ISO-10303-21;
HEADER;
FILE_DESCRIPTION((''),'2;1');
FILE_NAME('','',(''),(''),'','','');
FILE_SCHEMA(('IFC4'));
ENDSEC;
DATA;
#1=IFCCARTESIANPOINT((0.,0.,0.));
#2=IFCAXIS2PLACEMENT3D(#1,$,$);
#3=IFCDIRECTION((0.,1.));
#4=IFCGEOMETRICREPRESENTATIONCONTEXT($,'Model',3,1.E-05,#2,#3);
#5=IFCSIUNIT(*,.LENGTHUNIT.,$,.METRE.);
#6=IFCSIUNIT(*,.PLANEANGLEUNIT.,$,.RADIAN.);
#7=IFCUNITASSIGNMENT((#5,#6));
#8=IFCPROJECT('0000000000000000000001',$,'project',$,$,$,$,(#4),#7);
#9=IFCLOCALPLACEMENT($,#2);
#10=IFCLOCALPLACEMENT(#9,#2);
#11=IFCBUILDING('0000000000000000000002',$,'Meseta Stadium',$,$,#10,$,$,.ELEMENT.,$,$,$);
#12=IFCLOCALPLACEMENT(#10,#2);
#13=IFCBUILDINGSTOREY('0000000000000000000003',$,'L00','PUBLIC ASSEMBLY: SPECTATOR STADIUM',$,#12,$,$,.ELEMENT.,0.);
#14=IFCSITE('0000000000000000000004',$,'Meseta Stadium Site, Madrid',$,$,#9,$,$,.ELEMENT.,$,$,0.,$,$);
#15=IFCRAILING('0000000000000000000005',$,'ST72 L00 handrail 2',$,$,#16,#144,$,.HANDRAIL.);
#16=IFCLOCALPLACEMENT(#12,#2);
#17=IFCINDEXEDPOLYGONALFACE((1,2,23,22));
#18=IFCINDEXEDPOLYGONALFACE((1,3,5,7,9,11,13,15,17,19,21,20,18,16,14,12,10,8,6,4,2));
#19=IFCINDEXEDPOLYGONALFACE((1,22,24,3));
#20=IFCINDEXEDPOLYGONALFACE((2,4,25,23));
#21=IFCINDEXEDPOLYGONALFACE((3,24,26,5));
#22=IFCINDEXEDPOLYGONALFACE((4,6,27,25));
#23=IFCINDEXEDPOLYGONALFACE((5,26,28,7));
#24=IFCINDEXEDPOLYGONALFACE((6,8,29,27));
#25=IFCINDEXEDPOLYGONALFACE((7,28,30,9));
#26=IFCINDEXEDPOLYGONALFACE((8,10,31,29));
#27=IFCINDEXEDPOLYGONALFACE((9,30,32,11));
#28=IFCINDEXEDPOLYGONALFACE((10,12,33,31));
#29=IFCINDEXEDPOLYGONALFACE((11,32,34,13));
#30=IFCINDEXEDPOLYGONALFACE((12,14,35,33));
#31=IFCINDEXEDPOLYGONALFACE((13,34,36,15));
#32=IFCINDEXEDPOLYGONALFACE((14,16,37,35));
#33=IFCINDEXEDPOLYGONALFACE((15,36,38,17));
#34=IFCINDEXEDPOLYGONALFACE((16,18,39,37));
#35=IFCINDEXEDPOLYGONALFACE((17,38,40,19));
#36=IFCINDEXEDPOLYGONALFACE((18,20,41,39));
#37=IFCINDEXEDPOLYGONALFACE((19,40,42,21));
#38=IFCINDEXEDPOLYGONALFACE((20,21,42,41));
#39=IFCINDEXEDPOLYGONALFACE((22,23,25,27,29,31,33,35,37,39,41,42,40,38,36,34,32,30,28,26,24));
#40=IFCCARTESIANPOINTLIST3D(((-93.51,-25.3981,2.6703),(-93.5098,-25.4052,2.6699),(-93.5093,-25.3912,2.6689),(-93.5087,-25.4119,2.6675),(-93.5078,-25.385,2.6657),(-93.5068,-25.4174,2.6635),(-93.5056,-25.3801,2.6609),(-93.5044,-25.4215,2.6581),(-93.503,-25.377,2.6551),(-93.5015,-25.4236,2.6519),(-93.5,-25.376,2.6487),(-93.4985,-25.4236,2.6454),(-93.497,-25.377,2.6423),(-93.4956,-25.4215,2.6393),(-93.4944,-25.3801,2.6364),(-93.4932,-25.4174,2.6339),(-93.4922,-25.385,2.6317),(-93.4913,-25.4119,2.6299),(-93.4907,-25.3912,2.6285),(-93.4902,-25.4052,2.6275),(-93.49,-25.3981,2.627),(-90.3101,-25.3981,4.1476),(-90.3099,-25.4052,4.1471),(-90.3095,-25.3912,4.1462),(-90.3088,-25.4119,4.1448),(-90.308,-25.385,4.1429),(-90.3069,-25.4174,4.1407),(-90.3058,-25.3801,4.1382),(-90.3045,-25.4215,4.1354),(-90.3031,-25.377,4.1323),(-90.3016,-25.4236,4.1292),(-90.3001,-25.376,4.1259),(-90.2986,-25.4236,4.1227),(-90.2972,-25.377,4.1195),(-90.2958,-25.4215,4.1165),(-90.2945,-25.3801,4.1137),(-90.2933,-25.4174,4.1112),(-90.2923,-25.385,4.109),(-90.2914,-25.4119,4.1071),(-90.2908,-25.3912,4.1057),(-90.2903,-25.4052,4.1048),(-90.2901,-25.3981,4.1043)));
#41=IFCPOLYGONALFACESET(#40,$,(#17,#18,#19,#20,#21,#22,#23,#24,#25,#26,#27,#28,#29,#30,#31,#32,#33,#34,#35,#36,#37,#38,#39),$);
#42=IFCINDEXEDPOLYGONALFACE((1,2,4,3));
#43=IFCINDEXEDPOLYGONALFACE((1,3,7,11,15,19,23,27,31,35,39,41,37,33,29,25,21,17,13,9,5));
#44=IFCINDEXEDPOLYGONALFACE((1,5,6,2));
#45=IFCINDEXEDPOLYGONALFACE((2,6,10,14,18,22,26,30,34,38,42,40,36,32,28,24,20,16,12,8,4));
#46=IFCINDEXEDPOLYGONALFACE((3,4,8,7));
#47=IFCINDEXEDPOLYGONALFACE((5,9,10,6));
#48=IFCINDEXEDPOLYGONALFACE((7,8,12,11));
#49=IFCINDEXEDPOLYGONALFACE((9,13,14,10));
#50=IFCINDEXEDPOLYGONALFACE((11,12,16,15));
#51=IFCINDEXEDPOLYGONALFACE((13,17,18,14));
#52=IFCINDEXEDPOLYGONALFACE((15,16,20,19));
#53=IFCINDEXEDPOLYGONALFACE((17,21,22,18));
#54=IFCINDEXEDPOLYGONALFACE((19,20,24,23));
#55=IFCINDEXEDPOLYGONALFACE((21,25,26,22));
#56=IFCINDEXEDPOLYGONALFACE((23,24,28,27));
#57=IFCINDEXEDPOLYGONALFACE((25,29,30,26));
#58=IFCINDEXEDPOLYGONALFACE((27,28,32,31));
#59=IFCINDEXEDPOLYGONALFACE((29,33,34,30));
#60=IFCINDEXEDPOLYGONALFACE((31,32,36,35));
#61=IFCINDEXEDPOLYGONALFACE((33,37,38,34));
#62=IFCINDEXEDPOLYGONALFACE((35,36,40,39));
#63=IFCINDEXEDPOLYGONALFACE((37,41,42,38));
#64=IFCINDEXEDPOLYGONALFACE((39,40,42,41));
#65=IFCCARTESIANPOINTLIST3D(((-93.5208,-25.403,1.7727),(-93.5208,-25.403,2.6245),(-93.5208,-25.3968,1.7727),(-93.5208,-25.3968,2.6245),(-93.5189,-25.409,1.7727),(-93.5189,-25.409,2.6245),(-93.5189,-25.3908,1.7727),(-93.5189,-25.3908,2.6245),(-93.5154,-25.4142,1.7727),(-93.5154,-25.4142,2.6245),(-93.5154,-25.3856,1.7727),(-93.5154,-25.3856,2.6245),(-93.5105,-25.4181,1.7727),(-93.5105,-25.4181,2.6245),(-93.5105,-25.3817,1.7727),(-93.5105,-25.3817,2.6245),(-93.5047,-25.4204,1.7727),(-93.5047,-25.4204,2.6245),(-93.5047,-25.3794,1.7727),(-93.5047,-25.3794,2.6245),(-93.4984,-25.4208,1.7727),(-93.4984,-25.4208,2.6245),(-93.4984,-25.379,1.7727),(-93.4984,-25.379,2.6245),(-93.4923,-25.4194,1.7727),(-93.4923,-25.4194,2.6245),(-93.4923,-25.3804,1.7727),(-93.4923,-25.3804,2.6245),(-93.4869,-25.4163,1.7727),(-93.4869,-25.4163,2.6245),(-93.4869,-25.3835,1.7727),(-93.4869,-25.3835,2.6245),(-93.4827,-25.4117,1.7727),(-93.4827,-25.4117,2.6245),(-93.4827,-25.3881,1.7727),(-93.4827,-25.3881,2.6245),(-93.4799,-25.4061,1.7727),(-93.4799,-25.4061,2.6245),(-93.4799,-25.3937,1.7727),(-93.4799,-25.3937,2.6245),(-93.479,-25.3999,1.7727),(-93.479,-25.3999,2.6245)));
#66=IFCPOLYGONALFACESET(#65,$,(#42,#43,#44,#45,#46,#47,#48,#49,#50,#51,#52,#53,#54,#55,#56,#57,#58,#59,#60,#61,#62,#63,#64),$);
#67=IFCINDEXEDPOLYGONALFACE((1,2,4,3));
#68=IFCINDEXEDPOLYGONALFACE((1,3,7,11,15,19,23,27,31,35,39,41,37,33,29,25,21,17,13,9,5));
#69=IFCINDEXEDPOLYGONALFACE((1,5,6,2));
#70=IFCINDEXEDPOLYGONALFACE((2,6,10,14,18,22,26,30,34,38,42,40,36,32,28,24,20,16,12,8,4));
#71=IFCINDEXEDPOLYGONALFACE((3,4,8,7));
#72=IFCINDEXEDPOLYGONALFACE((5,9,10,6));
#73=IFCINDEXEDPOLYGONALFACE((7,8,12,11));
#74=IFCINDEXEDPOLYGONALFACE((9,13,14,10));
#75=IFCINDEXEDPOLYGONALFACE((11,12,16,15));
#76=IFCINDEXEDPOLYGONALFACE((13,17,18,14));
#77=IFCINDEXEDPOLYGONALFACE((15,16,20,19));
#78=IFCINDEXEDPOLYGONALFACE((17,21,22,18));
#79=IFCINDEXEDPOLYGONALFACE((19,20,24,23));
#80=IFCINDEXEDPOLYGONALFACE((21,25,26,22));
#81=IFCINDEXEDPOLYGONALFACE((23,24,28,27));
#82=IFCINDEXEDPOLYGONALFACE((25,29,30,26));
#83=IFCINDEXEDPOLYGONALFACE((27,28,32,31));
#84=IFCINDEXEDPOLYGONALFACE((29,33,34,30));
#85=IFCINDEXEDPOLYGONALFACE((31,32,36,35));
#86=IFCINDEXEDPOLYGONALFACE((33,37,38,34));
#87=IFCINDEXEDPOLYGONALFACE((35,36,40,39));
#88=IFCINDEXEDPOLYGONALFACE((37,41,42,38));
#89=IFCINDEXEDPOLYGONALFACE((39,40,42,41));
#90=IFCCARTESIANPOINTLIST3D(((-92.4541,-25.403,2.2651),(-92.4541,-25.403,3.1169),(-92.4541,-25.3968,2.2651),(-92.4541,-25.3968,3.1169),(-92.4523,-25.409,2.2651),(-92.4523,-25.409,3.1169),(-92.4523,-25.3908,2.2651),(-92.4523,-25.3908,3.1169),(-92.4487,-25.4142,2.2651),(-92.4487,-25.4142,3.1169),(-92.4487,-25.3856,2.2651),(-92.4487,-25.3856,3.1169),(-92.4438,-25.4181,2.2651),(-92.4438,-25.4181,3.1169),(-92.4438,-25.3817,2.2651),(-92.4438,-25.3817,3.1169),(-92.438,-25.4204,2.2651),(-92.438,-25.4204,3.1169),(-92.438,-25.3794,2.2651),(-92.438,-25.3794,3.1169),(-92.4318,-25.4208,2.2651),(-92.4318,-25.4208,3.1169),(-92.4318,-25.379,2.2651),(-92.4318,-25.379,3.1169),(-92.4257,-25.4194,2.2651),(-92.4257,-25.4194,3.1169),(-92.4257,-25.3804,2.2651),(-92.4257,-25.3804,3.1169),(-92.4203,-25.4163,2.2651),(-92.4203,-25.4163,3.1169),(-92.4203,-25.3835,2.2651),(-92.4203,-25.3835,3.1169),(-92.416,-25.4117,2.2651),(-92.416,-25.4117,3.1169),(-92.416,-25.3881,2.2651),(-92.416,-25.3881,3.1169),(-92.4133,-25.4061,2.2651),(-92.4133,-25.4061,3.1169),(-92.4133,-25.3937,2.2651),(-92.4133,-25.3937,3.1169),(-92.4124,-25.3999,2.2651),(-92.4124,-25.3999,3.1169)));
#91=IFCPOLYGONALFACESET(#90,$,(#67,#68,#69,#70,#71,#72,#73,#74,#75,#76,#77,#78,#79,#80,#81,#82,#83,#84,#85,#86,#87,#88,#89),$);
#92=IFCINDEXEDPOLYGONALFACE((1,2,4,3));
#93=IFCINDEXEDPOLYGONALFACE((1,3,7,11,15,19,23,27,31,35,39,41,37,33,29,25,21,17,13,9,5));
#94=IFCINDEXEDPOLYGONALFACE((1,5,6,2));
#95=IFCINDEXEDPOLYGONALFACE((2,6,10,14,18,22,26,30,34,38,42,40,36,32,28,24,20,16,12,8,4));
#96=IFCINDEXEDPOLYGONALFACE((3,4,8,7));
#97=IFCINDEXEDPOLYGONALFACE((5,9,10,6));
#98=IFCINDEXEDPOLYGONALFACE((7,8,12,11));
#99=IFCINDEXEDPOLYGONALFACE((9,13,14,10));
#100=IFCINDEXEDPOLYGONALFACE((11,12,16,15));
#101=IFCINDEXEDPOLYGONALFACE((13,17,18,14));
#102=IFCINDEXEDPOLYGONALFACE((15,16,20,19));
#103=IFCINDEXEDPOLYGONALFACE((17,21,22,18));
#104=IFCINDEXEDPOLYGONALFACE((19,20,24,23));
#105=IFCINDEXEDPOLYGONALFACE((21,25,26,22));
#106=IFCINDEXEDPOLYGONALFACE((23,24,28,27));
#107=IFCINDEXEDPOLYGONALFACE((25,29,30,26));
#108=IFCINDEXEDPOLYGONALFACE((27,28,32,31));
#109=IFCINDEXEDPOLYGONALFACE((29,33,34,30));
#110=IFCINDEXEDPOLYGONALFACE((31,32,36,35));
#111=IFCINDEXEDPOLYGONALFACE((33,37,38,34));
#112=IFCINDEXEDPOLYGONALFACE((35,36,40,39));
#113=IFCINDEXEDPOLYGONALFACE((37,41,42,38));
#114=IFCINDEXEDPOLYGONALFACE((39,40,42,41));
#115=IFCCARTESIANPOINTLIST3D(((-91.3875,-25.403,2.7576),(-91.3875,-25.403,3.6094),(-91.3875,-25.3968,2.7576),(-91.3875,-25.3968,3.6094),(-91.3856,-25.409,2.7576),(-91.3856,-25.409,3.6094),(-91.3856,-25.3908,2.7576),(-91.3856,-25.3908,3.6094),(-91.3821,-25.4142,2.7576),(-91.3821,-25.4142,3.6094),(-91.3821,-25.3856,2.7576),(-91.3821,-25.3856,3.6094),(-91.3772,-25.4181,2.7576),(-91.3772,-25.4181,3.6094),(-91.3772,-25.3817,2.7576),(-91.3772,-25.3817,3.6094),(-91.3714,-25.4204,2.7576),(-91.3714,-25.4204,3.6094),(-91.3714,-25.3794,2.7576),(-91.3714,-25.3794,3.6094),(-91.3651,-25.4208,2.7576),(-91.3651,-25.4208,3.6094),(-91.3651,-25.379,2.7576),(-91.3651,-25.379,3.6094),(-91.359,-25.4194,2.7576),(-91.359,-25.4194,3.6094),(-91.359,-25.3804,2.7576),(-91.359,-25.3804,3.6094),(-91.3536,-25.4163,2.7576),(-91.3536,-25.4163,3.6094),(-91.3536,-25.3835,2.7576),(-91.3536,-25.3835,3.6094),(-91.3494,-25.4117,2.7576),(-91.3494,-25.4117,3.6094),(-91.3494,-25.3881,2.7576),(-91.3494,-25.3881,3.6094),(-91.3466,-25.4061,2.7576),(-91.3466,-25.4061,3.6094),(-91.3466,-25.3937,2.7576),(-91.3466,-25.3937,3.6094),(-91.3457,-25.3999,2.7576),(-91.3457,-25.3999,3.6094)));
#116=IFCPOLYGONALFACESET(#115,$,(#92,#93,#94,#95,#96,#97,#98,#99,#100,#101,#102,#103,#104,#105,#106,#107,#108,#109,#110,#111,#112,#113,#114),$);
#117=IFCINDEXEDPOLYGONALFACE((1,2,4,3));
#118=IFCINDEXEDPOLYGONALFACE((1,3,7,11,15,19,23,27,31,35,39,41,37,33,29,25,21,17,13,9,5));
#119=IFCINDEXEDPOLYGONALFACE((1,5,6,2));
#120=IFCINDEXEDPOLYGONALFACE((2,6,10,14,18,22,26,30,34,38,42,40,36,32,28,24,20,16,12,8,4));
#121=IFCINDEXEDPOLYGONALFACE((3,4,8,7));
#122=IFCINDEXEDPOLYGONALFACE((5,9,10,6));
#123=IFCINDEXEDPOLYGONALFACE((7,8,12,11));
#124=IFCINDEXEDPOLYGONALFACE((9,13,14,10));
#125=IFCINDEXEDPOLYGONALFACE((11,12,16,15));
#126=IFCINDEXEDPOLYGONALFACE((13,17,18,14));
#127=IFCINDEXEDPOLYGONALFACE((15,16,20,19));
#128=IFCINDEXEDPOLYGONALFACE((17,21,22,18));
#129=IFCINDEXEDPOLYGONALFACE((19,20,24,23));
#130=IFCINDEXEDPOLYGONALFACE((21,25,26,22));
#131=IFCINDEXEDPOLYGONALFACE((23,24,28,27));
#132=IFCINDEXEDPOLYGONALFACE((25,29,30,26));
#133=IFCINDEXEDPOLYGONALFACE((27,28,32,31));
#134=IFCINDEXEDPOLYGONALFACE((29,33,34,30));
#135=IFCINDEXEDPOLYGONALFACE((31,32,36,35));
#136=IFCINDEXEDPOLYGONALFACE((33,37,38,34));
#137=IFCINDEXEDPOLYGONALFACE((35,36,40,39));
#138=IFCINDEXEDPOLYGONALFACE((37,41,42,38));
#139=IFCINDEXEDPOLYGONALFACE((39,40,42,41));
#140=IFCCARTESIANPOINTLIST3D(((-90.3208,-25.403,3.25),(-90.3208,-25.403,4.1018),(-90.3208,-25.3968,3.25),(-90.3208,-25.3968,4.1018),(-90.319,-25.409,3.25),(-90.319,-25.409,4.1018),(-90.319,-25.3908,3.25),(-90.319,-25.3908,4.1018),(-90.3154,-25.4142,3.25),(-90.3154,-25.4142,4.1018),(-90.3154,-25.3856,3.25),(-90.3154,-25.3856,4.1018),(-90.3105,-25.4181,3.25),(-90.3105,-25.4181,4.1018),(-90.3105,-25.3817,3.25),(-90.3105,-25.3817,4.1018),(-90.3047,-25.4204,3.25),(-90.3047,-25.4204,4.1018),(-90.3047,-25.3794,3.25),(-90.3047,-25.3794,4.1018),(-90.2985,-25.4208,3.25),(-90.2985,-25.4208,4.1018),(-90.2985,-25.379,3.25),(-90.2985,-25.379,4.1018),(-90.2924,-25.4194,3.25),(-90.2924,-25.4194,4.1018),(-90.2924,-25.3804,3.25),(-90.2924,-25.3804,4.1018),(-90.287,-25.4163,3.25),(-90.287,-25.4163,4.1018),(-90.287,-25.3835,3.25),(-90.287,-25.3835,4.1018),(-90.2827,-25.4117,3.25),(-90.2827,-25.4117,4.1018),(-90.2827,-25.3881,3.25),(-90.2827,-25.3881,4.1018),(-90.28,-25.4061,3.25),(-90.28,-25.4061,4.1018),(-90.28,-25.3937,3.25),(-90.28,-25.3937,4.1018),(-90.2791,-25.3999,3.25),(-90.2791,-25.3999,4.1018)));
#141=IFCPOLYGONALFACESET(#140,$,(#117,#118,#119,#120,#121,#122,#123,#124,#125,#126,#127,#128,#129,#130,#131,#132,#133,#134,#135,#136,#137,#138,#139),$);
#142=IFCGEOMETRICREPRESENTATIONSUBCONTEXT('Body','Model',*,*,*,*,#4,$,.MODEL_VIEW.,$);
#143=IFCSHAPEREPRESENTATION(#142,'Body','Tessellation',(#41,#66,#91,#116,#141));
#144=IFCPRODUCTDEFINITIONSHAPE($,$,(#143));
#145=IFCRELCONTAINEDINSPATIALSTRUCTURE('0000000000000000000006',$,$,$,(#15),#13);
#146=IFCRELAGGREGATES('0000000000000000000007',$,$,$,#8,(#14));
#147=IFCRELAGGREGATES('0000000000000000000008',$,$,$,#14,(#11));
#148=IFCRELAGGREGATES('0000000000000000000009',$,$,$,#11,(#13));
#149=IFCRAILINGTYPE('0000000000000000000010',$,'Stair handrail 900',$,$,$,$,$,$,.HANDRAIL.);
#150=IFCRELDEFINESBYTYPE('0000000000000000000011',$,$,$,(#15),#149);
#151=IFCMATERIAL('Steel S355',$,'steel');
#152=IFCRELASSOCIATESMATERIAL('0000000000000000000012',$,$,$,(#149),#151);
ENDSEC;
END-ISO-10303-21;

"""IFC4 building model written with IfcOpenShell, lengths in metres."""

from ifc_helpers import new_model, si_unit, direction, frame, origin, origin_2d, place, context, subcontext, project, spatial, circle, extrude, material, type_object, element, save


model = new_model("IFC4")

# Units and contexts
model_context = context("Model", 3, precision=1e-05, world=origin(), true_north=direction((0.0, 1.0)))
body_context = subcontext(model_context, "Body", "Model", "MODEL_VIEW")
ifc_project = project(units=[si_unit("LENGTHUNIT", "METRE"), si_unit("PLANEANGLEUNIT", "RADIAN")], contexts=[model_context])

# Site, building, storey
site_placement = place(None, origin())
site = spatial("IfcSite", under=ifc_project, at=site_placement, Name="Meseta Stadium Site, Madrid", CompositionType="ELEMENT", RefElevation=0.0)
building_placement = place(site_placement, origin())
building = spatial("IfcBuilding", under=site, at=building_placement, Name="Meseta Stadium", CompositionType="ELEMENT")
storey_placement = place(building_placement, origin())
storey = spatial("IfcBuildingStorey", under=building, at=storey_placement, Name="L00", Description="PUBLIC ASSEMBLY: SPECTATOR STADIUM", CompositionType="ELEMENT", Elevation=0.0)

# Railing
ifc_material_1 = material(Name="Steel S355", Category="steel")
railing_type_1 = type_object("IfcRailingType", Name="Stair handrail 900", PredefinedType="HANDRAIL", material=ifc_material_1)
for number, where, name in (
    (1, (-93.5, -25.3999, 1.7727), "ST72 L00 handrail 2"),
):
    element("IfcRailing", number, at=place(storey_placement, frame(where)), inside=storey, type_object=railing_type_1, Name=name, PredefinedType="HANDRAIL", context=body_context, shape_type="SweptSolid", body=[
        extrude(circle(Radius=0.0239, at=origin_2d()), frame((0.0, 0.0, 0.876), z_axis=(0.907917, 0.0, 0.41915), x_axis=(0.0, 1.0, 0.0)), (0.0, 0.0, 1.0), 3.5244),
        extrude(circle(Radius=0.021, at=origin_2d()), origin(), (0.0, 0.0, 1.0), 0.8518),
        extrude(circle(Radius=0.021, at=origin_2d()), frame((1.0667, 0.0, 0.4924)), (0.0, 0.0, 1.0), 0.8518),
        extrude(circle(Radius=0.021, at=origin_2d()), frame((2.1333, 0.0, 0.9849)), (0.0, 0.0, 1.0), 0.8518),
        extrude(circle(Radius=0.021, at=origin_2d()), frame((3.2, 0.0, 1.4773)), (0.0, 0.0, 1.0), 0.8518),
    ])

save(model, "model.ifc")
